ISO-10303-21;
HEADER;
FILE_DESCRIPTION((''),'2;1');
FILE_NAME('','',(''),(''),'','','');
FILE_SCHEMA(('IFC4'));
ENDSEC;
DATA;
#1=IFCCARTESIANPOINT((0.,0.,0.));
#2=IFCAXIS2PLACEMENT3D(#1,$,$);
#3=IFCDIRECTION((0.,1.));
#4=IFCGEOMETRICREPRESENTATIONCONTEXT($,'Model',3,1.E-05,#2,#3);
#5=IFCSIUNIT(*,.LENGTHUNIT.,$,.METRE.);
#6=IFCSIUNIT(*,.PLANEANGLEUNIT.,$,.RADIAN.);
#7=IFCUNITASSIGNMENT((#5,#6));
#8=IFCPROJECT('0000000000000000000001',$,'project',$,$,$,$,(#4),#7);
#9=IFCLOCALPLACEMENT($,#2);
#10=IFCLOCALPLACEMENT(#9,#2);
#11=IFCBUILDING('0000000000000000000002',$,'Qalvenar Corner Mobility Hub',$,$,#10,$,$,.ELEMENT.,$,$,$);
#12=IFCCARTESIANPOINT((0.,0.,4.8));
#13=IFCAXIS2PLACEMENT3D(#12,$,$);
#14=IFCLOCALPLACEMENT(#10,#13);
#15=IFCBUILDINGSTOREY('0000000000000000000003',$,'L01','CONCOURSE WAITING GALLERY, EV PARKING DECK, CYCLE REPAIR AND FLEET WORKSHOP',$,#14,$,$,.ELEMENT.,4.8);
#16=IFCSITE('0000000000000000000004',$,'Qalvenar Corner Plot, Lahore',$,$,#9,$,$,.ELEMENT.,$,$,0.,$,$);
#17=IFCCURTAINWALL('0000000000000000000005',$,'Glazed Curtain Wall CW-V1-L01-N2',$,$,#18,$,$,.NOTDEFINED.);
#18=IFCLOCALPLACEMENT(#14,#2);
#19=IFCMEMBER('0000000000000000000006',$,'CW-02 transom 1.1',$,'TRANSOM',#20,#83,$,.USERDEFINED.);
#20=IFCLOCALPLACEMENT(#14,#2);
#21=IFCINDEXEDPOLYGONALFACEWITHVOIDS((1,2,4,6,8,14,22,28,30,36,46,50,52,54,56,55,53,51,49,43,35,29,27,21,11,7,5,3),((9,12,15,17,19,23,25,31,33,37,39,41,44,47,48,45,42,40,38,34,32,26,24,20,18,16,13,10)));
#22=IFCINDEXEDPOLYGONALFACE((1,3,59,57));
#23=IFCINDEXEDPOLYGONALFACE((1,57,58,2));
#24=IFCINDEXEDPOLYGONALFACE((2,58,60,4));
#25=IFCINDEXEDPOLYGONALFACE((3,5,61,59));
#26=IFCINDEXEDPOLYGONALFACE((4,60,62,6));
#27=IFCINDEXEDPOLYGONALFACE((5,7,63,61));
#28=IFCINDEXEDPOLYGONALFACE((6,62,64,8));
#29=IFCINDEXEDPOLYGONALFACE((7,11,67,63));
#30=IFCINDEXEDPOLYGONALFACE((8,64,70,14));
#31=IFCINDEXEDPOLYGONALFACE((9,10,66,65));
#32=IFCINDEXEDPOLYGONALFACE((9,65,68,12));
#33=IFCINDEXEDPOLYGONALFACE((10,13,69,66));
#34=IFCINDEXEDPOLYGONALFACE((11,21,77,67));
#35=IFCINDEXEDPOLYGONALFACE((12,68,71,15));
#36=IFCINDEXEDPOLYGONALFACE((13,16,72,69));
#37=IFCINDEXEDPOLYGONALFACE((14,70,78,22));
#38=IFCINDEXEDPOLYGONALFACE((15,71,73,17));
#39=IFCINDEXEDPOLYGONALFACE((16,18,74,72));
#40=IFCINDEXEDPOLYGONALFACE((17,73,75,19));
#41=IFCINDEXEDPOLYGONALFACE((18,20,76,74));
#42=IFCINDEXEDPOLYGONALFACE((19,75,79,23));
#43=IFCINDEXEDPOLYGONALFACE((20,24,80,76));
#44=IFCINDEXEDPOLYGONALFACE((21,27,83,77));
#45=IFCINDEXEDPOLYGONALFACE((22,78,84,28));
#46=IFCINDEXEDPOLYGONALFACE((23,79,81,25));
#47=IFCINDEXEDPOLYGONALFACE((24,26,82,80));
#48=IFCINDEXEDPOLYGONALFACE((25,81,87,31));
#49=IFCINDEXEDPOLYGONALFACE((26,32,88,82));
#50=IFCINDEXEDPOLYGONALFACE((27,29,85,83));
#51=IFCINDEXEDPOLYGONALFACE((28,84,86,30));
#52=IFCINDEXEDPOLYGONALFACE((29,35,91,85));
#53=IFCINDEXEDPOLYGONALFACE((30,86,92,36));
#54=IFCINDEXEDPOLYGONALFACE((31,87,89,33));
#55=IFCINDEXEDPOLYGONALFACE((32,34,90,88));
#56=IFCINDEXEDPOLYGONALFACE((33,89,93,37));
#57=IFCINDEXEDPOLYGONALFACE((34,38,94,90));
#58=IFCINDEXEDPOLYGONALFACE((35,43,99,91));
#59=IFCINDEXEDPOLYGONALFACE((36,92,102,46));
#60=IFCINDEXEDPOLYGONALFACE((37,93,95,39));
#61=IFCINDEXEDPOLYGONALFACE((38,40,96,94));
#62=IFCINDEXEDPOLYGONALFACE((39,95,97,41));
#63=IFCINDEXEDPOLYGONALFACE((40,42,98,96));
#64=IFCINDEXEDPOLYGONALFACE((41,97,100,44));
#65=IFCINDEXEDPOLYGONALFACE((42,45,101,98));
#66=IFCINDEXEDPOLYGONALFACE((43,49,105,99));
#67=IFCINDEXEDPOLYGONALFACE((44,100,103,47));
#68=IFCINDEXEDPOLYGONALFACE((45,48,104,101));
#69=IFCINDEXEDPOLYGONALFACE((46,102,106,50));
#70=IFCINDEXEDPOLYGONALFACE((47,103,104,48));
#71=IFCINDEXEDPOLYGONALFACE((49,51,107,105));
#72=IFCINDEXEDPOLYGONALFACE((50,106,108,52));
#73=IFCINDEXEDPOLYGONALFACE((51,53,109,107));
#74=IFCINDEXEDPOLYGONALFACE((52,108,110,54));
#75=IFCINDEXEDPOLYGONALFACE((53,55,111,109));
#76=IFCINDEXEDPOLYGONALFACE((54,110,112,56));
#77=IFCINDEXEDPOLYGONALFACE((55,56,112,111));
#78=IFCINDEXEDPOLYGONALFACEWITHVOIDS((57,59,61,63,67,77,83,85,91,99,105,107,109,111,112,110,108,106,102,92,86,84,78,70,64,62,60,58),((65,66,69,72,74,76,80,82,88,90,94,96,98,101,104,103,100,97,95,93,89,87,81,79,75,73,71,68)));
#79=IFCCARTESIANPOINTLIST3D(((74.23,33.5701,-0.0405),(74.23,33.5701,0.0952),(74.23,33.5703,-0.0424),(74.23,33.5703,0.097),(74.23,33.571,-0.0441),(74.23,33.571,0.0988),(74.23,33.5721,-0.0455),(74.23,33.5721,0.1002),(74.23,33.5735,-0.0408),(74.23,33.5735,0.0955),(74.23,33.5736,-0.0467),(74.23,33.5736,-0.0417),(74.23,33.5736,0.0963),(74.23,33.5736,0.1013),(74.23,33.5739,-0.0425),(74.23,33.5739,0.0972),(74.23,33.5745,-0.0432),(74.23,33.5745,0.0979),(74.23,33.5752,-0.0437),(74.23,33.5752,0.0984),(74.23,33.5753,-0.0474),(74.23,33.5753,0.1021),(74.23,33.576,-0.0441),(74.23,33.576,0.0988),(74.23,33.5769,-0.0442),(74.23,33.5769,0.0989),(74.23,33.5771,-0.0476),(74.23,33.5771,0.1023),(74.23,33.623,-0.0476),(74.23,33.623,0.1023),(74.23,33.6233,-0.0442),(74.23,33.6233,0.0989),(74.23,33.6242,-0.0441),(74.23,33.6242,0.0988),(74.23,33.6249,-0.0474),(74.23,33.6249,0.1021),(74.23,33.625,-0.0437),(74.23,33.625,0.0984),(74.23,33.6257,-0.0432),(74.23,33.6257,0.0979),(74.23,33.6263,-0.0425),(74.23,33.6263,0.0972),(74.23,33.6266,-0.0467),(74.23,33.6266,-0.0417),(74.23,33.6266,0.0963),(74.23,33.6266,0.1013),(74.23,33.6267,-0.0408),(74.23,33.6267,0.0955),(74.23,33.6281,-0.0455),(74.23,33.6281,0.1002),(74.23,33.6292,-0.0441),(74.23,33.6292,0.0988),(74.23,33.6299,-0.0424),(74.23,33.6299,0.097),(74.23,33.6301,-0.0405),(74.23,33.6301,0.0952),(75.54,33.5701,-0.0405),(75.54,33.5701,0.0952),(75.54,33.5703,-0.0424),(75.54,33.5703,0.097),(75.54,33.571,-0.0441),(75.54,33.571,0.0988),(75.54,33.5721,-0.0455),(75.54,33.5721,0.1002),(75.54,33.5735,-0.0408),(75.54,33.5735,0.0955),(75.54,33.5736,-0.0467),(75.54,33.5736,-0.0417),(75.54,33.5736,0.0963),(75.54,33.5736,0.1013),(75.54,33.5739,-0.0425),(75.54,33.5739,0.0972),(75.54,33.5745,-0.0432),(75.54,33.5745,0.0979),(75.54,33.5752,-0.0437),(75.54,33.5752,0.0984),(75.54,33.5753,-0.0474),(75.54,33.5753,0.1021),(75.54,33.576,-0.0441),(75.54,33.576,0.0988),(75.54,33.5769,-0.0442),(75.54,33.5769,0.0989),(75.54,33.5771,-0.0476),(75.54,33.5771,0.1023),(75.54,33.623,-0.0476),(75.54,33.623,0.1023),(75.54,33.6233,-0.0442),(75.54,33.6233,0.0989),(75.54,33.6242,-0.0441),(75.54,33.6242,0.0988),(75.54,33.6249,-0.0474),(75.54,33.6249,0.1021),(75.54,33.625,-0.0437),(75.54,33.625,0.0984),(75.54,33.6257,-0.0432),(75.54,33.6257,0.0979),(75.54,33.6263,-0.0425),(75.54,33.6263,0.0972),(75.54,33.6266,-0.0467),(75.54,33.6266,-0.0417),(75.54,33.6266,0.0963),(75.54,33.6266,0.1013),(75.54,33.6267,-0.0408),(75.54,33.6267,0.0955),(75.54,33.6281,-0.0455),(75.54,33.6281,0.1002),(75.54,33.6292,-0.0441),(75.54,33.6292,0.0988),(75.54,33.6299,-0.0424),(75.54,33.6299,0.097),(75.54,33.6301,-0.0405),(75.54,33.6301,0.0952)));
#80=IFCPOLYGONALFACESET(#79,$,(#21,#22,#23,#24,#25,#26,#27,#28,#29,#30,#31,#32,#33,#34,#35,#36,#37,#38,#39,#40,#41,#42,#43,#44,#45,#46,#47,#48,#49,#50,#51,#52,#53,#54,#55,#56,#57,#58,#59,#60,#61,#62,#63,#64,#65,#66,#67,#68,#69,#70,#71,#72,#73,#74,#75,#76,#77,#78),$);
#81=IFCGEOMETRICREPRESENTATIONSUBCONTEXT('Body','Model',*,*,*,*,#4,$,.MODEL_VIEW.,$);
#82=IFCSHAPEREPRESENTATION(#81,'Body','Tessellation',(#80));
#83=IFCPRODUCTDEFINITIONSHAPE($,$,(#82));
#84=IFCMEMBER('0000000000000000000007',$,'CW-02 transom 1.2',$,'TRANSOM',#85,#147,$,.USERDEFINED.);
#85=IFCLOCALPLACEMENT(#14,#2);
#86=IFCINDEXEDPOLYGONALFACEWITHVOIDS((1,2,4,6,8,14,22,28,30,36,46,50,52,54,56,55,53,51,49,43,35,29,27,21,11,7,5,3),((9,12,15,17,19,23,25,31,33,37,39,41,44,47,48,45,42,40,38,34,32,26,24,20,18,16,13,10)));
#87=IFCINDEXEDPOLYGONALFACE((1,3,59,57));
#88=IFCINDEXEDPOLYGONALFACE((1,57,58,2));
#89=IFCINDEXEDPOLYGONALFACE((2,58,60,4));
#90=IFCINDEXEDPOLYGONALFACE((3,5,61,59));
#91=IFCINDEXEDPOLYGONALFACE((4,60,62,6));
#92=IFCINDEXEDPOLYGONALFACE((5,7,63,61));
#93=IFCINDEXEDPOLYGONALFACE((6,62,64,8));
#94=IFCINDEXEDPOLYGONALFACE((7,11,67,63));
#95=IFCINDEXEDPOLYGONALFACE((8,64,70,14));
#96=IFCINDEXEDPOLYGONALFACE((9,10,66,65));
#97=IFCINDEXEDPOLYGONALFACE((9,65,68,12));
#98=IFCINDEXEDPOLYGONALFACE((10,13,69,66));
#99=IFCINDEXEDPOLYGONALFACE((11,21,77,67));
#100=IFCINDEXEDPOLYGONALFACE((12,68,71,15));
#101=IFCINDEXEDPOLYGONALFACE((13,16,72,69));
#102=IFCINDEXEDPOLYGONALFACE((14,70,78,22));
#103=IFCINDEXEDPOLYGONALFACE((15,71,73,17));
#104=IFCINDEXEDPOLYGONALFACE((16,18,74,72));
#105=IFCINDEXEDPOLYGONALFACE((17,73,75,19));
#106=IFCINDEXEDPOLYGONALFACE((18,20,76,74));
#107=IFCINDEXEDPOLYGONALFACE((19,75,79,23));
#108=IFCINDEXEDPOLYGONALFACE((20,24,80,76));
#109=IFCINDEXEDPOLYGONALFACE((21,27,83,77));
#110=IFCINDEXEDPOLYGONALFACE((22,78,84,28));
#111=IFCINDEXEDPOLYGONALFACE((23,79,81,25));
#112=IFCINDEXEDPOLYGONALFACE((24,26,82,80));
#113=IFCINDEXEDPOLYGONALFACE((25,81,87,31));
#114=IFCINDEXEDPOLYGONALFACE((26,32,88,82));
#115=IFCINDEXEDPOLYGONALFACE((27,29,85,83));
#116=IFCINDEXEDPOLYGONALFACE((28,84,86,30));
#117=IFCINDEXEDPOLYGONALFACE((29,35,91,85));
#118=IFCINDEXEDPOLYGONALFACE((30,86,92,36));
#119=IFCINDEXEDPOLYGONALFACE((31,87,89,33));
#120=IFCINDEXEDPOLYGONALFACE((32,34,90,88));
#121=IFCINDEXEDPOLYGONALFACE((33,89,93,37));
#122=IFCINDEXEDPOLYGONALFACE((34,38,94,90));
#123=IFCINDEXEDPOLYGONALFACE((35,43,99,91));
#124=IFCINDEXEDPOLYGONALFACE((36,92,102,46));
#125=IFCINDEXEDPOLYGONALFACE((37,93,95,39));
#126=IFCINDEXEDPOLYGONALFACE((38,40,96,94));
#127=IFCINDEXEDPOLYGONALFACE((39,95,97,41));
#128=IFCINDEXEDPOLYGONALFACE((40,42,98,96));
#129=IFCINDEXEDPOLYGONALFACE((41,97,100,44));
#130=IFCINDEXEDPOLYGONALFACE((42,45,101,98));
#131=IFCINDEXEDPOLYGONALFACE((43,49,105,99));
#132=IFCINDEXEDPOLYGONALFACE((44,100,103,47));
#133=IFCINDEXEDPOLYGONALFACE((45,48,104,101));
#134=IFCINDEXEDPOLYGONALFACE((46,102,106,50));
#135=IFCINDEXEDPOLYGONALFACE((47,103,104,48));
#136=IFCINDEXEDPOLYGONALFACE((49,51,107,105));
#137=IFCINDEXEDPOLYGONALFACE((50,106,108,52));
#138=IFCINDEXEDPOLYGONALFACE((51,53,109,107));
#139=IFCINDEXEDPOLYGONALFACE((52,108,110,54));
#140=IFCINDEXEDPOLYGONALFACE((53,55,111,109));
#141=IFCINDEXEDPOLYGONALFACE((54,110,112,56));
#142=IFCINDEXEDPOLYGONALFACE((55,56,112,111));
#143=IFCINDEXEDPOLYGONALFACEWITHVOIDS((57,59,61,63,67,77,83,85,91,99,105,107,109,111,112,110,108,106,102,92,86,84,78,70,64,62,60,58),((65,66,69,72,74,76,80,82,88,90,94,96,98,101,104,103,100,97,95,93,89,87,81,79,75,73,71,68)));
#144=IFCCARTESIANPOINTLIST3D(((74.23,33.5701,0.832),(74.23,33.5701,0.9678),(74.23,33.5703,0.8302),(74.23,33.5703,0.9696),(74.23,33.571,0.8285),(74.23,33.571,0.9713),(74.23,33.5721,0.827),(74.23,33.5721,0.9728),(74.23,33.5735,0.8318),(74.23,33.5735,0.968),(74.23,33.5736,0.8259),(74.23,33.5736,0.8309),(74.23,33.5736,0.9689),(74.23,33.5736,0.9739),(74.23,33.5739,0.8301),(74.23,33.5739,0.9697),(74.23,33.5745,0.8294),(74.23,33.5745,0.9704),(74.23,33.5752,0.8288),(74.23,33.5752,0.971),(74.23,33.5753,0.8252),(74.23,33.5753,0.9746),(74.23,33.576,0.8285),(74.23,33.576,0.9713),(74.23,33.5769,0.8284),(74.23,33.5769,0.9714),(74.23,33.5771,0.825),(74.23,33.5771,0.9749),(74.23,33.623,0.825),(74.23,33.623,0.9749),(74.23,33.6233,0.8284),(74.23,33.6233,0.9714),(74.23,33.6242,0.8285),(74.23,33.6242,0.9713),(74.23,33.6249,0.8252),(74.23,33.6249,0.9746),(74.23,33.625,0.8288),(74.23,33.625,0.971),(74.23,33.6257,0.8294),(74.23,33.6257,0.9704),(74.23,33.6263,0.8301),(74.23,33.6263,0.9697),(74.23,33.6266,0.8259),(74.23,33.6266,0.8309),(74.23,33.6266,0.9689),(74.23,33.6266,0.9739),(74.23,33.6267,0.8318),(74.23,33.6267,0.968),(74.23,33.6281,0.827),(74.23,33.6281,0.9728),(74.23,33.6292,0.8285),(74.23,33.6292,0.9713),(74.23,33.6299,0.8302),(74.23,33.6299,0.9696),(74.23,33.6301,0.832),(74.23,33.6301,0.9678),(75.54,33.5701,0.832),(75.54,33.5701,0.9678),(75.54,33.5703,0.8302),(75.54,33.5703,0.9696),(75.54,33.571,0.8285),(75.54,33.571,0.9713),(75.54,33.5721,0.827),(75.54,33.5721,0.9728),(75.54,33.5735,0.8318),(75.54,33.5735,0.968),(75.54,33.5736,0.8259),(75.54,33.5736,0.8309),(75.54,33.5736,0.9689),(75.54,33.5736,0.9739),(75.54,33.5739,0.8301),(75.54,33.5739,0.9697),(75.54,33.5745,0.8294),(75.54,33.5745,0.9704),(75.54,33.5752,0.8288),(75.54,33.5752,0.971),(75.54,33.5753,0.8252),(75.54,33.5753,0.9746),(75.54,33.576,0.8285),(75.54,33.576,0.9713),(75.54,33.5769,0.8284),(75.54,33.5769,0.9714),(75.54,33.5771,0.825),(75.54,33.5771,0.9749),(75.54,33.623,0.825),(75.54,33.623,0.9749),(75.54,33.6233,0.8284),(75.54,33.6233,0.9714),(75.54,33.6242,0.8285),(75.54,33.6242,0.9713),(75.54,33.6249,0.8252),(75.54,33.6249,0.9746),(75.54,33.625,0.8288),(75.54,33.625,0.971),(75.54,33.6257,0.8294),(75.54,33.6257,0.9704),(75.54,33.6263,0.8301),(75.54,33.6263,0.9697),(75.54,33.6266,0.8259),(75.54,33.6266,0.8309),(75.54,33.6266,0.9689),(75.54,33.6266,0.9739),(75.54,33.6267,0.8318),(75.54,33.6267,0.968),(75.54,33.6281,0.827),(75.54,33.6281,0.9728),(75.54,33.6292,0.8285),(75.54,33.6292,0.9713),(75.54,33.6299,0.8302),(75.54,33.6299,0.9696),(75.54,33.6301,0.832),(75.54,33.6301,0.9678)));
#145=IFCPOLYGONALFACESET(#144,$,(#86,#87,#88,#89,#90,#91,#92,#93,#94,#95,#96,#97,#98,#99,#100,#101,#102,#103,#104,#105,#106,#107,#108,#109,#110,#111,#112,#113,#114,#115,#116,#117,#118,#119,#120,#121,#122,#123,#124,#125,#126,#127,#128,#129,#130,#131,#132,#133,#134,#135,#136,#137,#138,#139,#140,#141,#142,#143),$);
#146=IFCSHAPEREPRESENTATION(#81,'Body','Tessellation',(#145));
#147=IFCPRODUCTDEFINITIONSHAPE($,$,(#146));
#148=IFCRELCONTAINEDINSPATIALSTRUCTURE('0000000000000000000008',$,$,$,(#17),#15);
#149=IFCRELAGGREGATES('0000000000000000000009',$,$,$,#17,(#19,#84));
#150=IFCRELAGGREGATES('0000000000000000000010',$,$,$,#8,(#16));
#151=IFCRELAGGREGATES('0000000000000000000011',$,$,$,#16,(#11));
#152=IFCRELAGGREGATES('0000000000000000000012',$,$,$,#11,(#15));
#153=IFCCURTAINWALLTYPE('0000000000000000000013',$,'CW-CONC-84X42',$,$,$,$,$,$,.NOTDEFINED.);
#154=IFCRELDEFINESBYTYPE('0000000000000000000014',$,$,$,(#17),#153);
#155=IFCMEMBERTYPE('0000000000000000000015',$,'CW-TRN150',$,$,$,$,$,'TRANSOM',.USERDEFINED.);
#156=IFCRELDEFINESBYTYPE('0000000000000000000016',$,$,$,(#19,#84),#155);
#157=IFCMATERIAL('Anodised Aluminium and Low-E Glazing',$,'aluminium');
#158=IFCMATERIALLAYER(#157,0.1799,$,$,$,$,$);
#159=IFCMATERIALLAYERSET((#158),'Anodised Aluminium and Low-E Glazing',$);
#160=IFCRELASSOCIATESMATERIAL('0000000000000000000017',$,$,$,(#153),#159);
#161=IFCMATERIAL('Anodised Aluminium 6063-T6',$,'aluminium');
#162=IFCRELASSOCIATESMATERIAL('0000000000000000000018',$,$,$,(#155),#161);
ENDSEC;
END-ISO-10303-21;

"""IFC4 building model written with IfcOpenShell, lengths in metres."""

from ifc_helpers import new_model, si_unit, direction, frame, origin, origin_2d, place, context, subcontext, project, spatial, hollow_rectangle, extrude, material, layer, layer_set, material_profile, profile_set, type_object, element, aggregate, save


model = new_model("IFC4")

# Units and contexts
model_context = context("Model", 3, precision=1e-05, world=origin(), true_north=direction((0.0, 1.0)))
body_context = subcontext(model_context, "Body", "Model", "MODEL_VIEW")
ifc_project = project(units=[si_unit("LENGTHUNIT", "METRE"), si_unit("PLANEANGLEUNIT", "RADIAN")], contexts=[model_context])

# Site, building, storey
site_placement = place(None, origin())
site = spatial("IfcSite", under=ifc_project, at=site_placement, Name="Qalvenar Corner Plot, Lahore", CompositionType="ELEMENT", RefElevation=0.0)
building_placement = place(site_placement, origin())
building = spatial("IfcBuilding", under=site, at=building_placement, Name="Qalvenar Corner Mobility Hub", CompositionType="ELEMENT")
storey_placement = place(building_placement, frame((0.0, 0.0, 4.8)))
storey = spatial("IfcBuildingStorey", under=building, at=storey_placement, Name="L01", Description="CONCOURSE WAITING GALLERY, EV PARKING DECK, CYCLE REPAIR AND FLEET WORKSHOP", CompositionType="ELEMENT", Elevation=4.8)

# Curtain wall
ifc_material_1 = material(Name="Anodised Aluminium and Low-E Glazing", Category="aluminium")
ifc_layer_1 = layer(ifc_material_1, 0.1799)
ifc_layer_set_1 = layer_set([ifc_layer_1], Name="Anodised Aluminium and Low-E Glazing")
curtain_wall_type = type_object("IfcCurtainWallType", Name="CW-CONC-84X42", PredefinedType="NOTDEFINED", material=ifc_layer_set_1)
curtain_wall_1_placement = place(storey_placement, origin())
curtain_wall_1 = element("IfcCurtainWall", 1, at=curtain_wall_1_placement, inside=storey, type_object=curtain_wall_type, Name="Glazed Curtain Wall CW-V1-L01-N2", PredefinedType="NOTDEFINED")
ifc_material_2 = material(Name="Anodised Aluminium 6063-T6", Category="aluminium")

# Members
ifc_material_profile_1 = material_profile(ifc_material_2, hollow_rectangle(XDim=0.0601, YDim=0.1499, WallThickness=0.0034, InnerFilletRadius=0.0034, OuterFilletRadius=0.0071, at=origin_2d()), Name="RHS150x60x3.5")
ifc_profile_set_1 = profile_set([ifc_material_profile_1], Name="Anodised Aluminium 6063-T6")
member_type_1 = type_object("IfcMemberType", Name="CW-TRN150", ElementType="TRANSOM", PredefinedType="USERDEFINED", material=ifc_profile_set_1)
member_1_placement = place(storey_placement, frame((75.54, 33.6001, 0.0273), z_axis=(-1.0, 0.0, 0.0), x_axis=(0.0, -1.0, 0.0)))
member_1 = element("IfcMember", 2, at=member_1_placement, type_object=member_type_1, Name="CW-02 transom 1.1", ObjectType="TRANSOM", PredefinedType="USERDEFINED", context=body_context, shape_type="SweptSolid", body=[
    extrude(hollow_rectangle(XDim=0.0601, YDim=0.1499, WallThickness=0.0034, InnerFilletRadius=0.0034, OuterFilletRadius=0.0071, at=origin_2d()), origin(), (0.0, 0.0, 1.0), 1.3101),
])
member_2_placement = place(storey_placement, frame((75.54, 33.6001, 0.8999), z_axis=(-1.0, 0.0, 0.0), x_axis=(0.0, -1.0, 0.0)))
member_2 = element("IfcMember", 3, at=member_2_placement, type_object=member_type_1, Name="CW-02 transom 1.2", ObjectType="TRANSOM", PredefinedType="USERDEFINED", context=body_context, shape_type="SweptSolid", body=[
    extrude(hollow_rectangle(XDim=0.0601, YDim=0.1499, WallThickness=0.0034, InnerFilletRadius=0.0034, OuterFilletRadius=0.0071, at=origin_2d()), origin(), (0.0, 0.0, 1.0), 1.3101),
])

aggregate(curtain_wall_1, [member_1, member_2])

save(model, "model.ifc")
